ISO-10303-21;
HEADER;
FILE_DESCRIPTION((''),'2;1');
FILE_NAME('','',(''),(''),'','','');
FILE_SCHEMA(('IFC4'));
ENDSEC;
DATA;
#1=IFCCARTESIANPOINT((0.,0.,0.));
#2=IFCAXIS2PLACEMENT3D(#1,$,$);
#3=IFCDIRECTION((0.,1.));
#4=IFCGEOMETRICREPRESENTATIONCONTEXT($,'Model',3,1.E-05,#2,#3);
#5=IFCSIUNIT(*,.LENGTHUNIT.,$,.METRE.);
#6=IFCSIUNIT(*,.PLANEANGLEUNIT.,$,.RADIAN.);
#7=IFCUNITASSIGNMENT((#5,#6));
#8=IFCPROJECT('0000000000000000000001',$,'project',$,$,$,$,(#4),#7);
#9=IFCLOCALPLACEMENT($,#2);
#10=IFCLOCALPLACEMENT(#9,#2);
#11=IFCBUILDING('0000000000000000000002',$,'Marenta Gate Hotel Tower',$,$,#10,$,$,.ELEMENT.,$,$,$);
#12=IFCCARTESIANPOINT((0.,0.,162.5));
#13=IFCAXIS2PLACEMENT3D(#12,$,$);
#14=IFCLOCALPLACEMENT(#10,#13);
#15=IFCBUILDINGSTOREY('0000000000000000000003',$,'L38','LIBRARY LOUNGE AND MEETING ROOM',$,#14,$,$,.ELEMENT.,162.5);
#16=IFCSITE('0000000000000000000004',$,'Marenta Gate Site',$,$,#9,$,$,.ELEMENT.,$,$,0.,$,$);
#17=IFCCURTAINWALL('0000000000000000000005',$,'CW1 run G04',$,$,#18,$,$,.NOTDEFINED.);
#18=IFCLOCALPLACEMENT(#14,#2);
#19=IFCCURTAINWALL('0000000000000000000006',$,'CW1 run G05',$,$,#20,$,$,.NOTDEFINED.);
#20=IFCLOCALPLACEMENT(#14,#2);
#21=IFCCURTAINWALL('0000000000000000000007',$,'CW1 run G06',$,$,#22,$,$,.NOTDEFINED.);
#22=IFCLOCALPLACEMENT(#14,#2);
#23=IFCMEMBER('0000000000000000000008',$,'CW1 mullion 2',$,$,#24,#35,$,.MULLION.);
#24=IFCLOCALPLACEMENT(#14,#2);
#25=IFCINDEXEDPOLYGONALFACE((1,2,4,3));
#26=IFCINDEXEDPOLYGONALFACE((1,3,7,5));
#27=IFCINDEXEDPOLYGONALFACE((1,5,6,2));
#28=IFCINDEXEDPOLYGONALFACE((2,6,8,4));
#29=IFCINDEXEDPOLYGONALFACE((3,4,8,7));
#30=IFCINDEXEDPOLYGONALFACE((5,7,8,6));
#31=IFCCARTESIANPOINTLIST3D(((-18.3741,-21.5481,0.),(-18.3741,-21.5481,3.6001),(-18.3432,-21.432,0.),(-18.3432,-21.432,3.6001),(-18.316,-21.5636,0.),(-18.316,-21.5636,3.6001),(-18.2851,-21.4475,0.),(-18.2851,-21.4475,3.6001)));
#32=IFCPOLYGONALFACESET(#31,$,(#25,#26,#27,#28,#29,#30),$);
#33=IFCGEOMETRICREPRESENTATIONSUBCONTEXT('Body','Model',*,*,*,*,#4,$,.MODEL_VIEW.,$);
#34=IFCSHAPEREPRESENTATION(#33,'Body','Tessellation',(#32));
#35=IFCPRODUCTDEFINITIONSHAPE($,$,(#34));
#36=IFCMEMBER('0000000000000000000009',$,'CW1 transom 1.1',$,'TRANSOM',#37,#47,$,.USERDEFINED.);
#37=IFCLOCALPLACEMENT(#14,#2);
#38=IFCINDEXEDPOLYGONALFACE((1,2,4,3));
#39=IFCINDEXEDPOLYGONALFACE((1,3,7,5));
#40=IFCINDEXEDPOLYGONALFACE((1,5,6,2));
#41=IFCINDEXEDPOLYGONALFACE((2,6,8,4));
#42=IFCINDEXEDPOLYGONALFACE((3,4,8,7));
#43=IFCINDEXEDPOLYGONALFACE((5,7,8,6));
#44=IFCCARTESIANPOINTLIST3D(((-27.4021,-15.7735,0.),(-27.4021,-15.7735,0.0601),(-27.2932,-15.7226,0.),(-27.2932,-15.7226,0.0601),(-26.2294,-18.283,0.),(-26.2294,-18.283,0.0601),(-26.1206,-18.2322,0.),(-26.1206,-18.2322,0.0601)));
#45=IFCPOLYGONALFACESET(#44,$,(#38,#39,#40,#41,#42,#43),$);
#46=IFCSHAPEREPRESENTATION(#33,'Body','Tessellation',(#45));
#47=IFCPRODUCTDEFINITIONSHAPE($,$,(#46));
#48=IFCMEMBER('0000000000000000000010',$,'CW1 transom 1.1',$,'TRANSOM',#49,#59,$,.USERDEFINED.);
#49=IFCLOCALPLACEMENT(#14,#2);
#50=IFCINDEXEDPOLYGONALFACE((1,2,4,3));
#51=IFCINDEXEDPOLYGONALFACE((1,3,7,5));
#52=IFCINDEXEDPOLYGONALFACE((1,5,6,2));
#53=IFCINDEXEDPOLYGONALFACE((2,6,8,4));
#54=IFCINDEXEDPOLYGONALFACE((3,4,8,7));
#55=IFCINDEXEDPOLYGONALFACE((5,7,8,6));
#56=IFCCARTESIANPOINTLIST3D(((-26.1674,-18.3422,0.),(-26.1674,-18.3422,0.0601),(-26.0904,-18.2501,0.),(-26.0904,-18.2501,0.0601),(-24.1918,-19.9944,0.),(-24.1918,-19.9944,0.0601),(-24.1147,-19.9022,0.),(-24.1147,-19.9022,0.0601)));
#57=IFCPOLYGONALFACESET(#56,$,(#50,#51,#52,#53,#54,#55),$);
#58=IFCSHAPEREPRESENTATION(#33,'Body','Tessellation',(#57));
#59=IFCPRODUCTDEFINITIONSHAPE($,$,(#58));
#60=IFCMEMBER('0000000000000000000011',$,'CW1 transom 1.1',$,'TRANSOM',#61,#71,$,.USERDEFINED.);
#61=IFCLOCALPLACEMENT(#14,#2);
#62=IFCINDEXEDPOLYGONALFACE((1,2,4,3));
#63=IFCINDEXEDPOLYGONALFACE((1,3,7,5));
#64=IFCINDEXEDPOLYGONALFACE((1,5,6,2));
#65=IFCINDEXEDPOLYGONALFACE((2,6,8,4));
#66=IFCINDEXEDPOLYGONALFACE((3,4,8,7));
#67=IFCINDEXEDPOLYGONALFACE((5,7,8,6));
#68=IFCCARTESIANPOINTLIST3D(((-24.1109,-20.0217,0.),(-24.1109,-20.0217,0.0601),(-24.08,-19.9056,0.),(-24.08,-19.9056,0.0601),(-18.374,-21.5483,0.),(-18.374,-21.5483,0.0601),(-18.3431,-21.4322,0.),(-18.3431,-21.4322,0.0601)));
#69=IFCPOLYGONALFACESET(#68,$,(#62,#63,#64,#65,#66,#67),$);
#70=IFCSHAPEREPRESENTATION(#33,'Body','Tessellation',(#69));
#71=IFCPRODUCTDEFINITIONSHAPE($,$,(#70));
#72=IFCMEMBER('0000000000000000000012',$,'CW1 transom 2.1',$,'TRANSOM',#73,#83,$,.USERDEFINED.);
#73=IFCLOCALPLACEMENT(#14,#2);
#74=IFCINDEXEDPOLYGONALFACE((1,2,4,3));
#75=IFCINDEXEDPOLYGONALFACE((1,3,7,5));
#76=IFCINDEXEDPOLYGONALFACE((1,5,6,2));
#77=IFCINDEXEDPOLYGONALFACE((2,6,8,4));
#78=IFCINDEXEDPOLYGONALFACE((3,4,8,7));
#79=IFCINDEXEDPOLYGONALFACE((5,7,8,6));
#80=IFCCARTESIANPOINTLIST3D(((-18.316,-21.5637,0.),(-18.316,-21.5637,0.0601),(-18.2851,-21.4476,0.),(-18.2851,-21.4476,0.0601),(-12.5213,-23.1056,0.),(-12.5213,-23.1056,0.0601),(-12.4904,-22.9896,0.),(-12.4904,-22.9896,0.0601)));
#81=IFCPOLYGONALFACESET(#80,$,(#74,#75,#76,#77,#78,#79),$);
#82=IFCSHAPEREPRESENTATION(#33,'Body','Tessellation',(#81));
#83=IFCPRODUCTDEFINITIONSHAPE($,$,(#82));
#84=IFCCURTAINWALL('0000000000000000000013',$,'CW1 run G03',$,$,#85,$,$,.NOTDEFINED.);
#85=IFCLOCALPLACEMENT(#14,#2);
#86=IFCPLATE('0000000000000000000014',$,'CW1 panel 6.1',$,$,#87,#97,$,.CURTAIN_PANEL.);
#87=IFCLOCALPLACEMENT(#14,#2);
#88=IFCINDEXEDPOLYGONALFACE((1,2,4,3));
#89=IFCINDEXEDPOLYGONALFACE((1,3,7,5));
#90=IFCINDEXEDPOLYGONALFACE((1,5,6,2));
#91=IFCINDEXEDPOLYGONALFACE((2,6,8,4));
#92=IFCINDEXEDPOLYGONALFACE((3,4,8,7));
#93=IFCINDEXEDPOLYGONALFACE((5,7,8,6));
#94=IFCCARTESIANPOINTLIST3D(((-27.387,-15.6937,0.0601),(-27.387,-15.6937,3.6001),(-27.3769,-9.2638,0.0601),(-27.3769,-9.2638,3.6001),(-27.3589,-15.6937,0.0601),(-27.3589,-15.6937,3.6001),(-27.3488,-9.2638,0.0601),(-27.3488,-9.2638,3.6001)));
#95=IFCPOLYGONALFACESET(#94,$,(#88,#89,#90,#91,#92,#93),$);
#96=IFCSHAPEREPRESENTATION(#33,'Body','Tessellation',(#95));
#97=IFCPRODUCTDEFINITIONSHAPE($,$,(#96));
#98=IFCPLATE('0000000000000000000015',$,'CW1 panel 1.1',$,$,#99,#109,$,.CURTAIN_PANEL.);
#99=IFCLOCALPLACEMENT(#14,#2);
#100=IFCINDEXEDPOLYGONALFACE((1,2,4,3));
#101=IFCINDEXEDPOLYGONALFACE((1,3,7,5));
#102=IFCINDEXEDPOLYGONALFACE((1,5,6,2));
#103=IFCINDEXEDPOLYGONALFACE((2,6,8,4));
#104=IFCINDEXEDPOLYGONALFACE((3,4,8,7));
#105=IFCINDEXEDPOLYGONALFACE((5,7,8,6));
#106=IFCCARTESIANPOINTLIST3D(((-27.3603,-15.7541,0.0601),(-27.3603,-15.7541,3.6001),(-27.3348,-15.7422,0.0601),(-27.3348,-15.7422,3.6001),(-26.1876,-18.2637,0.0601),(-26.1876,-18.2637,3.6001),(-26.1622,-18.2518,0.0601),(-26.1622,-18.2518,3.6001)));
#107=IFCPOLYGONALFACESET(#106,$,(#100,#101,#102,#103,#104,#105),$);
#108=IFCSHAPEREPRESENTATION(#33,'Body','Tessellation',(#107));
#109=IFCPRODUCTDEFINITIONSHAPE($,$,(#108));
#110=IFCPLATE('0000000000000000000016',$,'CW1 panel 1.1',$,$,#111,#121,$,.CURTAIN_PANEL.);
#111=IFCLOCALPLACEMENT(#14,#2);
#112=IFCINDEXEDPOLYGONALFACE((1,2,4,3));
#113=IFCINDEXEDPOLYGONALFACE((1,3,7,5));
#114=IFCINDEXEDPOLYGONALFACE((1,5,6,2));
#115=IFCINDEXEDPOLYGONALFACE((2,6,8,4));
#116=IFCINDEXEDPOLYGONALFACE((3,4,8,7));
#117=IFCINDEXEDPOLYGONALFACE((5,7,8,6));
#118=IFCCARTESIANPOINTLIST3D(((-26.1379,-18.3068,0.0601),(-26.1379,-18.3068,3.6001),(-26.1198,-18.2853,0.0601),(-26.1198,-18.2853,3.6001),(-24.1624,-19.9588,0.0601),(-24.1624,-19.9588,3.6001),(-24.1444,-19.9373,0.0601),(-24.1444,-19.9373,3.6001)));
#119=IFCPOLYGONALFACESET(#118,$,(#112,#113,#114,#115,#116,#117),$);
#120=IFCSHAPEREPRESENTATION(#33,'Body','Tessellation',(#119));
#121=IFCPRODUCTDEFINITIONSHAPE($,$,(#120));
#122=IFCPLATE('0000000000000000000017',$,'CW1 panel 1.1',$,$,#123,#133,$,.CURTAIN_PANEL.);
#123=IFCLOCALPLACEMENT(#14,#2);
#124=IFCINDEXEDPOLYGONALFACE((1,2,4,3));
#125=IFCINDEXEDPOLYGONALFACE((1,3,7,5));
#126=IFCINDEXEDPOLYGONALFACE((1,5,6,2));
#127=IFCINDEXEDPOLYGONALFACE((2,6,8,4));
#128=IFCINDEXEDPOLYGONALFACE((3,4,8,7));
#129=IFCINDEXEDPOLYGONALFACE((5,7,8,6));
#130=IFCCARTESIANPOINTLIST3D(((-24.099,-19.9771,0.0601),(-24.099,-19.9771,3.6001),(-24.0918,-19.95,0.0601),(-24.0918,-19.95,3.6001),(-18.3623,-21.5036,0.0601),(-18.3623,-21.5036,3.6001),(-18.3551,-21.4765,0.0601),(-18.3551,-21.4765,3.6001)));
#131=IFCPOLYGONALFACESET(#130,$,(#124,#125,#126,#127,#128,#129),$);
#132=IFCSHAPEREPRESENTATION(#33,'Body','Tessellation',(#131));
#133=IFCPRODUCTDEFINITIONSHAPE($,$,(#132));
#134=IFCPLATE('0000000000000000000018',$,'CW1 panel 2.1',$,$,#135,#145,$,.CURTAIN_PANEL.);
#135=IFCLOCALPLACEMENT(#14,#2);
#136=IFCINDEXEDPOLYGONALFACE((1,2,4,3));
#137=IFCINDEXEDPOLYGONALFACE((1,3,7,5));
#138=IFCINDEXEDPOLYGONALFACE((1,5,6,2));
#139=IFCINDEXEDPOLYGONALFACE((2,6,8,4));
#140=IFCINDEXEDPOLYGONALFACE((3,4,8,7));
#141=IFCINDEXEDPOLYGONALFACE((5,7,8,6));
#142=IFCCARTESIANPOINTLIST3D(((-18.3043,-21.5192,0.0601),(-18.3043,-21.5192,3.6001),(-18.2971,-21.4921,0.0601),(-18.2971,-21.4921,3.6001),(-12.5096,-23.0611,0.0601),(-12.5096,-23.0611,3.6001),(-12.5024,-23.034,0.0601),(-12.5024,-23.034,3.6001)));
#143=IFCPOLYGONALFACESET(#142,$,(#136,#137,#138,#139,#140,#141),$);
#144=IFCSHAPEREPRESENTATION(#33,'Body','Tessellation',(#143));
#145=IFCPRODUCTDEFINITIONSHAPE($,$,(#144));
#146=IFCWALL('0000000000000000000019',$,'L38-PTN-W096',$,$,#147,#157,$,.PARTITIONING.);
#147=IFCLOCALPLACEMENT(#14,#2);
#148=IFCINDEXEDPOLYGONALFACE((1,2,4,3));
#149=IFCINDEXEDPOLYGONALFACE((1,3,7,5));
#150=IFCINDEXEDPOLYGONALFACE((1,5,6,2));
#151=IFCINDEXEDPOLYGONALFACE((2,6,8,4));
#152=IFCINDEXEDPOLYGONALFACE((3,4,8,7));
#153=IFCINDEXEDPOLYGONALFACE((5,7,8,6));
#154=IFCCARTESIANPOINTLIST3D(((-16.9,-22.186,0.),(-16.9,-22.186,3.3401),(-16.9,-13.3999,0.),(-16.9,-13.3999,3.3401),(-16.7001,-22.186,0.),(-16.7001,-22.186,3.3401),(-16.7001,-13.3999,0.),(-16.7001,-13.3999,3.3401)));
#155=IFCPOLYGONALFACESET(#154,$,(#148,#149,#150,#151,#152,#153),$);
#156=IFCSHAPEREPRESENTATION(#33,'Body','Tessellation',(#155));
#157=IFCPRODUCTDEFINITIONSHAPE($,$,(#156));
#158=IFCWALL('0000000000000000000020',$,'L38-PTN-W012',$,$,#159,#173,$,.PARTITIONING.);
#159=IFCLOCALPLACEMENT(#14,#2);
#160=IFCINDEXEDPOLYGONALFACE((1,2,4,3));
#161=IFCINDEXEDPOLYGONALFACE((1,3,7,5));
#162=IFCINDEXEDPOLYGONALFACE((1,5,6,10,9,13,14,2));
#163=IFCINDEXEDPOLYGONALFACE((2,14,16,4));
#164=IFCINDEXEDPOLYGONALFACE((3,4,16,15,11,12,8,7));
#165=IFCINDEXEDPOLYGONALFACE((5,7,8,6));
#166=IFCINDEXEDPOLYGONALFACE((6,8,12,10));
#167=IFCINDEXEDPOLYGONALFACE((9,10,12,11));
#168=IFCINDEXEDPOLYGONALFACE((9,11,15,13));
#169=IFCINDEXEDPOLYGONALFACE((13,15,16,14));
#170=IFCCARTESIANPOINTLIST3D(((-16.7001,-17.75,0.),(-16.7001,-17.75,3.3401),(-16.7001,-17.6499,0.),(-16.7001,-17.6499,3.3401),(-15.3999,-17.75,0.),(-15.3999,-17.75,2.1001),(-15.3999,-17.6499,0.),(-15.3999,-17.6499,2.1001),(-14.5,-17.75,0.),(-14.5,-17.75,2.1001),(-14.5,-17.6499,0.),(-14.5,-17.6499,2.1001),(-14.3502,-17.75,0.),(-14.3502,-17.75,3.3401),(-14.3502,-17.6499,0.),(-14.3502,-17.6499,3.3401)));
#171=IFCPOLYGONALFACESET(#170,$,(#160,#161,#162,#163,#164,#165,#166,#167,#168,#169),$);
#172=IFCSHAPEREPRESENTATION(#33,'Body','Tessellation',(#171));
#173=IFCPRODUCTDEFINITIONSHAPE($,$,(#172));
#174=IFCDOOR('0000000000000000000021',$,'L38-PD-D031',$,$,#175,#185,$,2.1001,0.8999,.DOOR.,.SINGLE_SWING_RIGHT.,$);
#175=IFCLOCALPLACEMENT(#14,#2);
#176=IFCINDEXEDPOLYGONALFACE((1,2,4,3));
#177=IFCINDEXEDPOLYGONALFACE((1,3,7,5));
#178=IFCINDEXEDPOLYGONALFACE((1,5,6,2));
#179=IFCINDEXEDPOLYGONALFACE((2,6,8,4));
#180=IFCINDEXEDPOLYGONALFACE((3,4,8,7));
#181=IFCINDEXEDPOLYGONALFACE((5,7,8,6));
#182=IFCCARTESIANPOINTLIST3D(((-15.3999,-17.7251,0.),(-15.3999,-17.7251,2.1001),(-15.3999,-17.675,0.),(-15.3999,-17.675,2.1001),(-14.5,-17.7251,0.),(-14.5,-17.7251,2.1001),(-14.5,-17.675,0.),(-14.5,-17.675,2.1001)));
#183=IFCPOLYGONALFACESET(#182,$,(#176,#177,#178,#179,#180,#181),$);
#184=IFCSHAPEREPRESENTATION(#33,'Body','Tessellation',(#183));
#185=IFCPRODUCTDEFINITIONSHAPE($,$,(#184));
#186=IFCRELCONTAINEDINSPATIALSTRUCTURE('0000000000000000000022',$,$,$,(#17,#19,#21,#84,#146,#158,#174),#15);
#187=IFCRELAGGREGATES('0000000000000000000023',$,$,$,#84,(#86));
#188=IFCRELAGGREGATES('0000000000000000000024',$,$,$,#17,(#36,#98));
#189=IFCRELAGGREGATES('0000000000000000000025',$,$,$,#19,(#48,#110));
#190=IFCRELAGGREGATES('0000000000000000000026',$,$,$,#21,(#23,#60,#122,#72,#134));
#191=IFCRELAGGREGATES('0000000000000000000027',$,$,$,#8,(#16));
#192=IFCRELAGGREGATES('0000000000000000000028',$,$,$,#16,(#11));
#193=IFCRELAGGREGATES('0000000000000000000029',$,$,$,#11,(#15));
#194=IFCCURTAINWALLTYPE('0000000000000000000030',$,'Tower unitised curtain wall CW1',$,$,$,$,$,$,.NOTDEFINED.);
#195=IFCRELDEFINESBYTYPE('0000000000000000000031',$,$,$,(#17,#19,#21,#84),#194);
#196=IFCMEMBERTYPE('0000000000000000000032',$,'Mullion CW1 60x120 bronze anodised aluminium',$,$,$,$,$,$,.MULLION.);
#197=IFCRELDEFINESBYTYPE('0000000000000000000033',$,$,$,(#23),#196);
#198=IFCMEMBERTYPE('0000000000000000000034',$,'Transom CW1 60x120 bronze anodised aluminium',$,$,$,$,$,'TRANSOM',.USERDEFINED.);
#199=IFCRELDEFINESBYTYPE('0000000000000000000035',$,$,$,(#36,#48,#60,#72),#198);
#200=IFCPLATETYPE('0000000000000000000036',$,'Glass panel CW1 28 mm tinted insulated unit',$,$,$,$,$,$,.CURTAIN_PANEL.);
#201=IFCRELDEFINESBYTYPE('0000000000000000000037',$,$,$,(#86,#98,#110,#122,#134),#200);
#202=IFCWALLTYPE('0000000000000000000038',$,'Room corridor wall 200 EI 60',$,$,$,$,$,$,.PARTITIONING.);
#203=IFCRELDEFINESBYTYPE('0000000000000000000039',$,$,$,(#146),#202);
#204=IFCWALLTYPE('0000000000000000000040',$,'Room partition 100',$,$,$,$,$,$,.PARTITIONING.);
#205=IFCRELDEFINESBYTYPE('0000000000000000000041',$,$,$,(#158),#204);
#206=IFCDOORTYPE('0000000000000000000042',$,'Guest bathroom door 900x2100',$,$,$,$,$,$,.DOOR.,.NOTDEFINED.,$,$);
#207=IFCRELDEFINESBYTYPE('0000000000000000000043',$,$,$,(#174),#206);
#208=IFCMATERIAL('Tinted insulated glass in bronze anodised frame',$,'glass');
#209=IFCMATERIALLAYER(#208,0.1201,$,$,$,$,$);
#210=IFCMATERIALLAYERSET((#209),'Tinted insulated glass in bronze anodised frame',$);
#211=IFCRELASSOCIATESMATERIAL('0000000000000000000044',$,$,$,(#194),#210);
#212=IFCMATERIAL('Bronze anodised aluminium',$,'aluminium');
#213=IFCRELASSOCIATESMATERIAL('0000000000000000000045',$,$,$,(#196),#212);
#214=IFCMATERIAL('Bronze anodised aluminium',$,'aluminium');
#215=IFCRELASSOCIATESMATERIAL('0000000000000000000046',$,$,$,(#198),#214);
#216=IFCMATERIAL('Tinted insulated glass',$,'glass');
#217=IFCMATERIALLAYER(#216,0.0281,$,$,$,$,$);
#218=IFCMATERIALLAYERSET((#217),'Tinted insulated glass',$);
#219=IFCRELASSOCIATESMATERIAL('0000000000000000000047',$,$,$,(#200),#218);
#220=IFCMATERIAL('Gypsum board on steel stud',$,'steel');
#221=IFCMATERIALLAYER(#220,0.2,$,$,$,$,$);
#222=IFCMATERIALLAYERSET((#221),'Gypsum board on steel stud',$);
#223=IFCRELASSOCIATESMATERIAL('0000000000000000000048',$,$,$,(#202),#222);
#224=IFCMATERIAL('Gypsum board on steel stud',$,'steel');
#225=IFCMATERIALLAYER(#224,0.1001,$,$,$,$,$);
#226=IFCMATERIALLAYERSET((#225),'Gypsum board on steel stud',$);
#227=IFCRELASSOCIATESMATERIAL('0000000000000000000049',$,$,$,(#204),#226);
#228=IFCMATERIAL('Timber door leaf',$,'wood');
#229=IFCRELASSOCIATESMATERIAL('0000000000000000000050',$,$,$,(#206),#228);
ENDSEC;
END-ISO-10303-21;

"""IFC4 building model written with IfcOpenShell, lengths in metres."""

from ifc_helpers import new_model, si_unit, direction, frame, frame_2d, origin, origin_2d, place, context, subcontext, project, spatial, rectangle, extrude, material, layer, layer_set, material_profile, profile_set, type_object, element, fill, aggregate, save


model = new_model("IFC4")

# Units and contexts
model_context = context("Model", 3, precision=1e-05, world=origin(), true_north=direction((0.0, 1.0)))
body_context = subcontext(model_context, "Body", "Model", "MODEL_VIEW")
ifc_project = project(units=[si_unit("LENGTHUNIT", "METRE"), si_unit("PLANEANGLEUNIT", "RADIAN")], contexts=[model_context])

# Site, building, storey
site_placement = place(None, origin())
site = spatial("IfcSite", under=ifc_project, at=site_placement, Name="Marenta Gate Site", CompositionType="ELEMENT", RefElevation=0.0)
building_placement = place(site_placement, origin())
building = spatial("IfcBuilding", under=site, at=building_placement, Name="Marenta Gate Hotel Tower", CompositionType="ELEMENT")
storey_placement = place(building_placement, frame((0.0, 0.0, 162.5)))
storey = spatial("IfcBuildingStorey", under=building, at=storey_placement, Name="L38", Description="LIBRARY LOUNGE AND MEETING ROOM", CompositionType="ELEMENT", Elevation=162.5)

# Curtain walls
ifc_material_1 = material(Name="Tinted insulated glass in bronze anodised frame", Category="glass")
ifc_layer_1 = layer(ifc_material_1, 0.1201)
ifc_layer_set_1 = layer_set([ifc_layer_1], Name="Tinted insulated glass in bronze anodised frame")
curtain_wall_type = type_object("IfcCurtainWallType", Name="Tower unitised curtain wall CW1", PredefinedType="NOTDEFINED", material=ifc_layer_set_1)
curtain_wall_1_placement = place(storey_placement, origin())
curtain_wall_1 = element("IfcCurtainWall", 1, at=curtain_wall_1_placement, inside=storey, type_object=curtain_wall_type, Name="CW1 run G04", PredefinedType="NOTDEFINED")
ifc_material_2 = material(Name="Bronze anodised aluminium", Category="aluminium")
ifc_material_profile_1 = material_profile(ifc_material_2, rectangle(XDim=0.1201, YDim=0.0601, at=origin_2d()), Name="Mullion CW1 60x120 bronze anodised aluminium")
ifc_profile_set_1 = profile_set([ifc_material_profile_1], Name="Bronze anodised aluminium")
member_type_1 = type_object("IfcMemberType", Name="Mullion CW1 60x120 bronze anodised aluminium", PredefinedType="MULLION", material=ifc_profile_set_1)
curtain_wall_2_placement = place(storey_placement, origin())
curtain_wall_2 = element("IfcCurtainWall", 2, at=curtain_wall_2_placement, inside=storey, type_object=curtain_wall_type, Name="CW1 run G05", PredefinedType="NOTDEFINED")

# Curtain wall, member
curtain_wall_3_placement = place(storey_placement, origin())
curtain_wall_3 = element("IfcCurtainWall", 3, at=curtain_wall_3_placement, inside=storey, type_object=curtain_wall_type, Name="CW1 run G06", PredefinedType="NOTDEFINED")
member_1_placement = place(storey_placement, frame((-18.3296, -21.4978, 0.0), z_axis=(0.0, 0.0, 1.0), x_axis=(0.257144, 0.966373, 0.0)))
member_1 = element("IfcMember", 4, at=member_1_placement, type_object=member_type_1, Name="CW1 mullion 2", PredefinedType="MULLION", context=body_context, shape_type="SweptSolid", body=[
    extrude(rectangle(XDim=0.1201, YDim=0.0601, at=origin_2d()), origin(), (0.0, 0.0, 1.0), 3.6001),
])

# Members
ifc_material_3 = material(Name="Bronze anodised aluminium", Category="aluminium")
ifc_material_profile_2 = material_profile(ifc_material_3, rectangle(XDim=0.1201, YDim=0.0601, at=origin_2d()), Name="Transom CW1 60x120 bronze anodised aluminium")
ifc_profile_set_2 = profile_set([ifc_material_profile_2], Name="Bronze anodised aluminium")
member_type_2 = type_object("IfcMemberType", Name="Transom CW1 60x120 bronze anodised aluminium", ElementType="TRANSOM", PredefinedType="USERDEFINED", material=ifc_profile_set_2)
member_2_placement = place(storey_placement, frame((-27.3477, -15.748, 0.03), z_axis=(0.423329, -0.905976, 0.0), x_axis=(0.905976, 0.423329, 0.0)))
member_2 = element("IfcMember", 5, at=member_2_placement, type_object=member_type_2, Name="CW1 transom 1.1", ObjectType="TRANSOM", PredefinedType="USERDEFINED", context=body_context, shape_type="SweptSolid", body=[
    extrude(rectangle(XDim=0.1201, YDim=0.0601, at=origin_2d()), origin(), (0.0, 0.0, 1.0), 2.77),
])
member_3_placement = place(storey_placement, frame((-26.1289, -18.2961, 0.03), z_axis=(0.767117, -0.641508, 0.0), x_axis=(0.641508, 0.767117, 0.0)))
member_3 = element("IfcMember", 6, at=member_3_placement, type_object=member_type_2, Name="CW1 transom 1.1", ObjectType="TRANSOM", PredefinedType="USERDEFINED", context=body_context, shape_type="SweptSolid", body=[
    extrude(rectangle(XDim=0.1201, YDim=0.0601, at=origin_2d()), origin(), (0.0, 0.0, 1.0), 2.5754),
])
member_4_placement = place(storey_placement, frame((-24.0955, -19.9636, 0.03), z_axis=(0.966369, -0.257158, 0.0), x_axis=(0.257158, 0.966369, 0.0)))
member_4 = element("IfcMember", 7, at=member_4_placement, type_object=member_type_2, Name="CW1 transom 1.1", ObjectType="TRANSOM", PredefinedType="USERDEFINED", context=body_context, shape_type="SweptSolid", body=[
    extrude(rectangle(XDim=0.1201, YDim=0.0601, at=origin_2d()), origin(), (0.0, 0.0, 1.0), 5.9365),
])
member_5_placement = place(storey_placement, frame((-18.3005, -21.5056, 0.03), z_axis=(0.96637, -0.257156, 0.0), x_axis=(0.257156, 0.96637, 0.0)))
member_5 = element("IfcMember", 8, at=member_5_placement, type_object=member_type_2, Name="CW1 transom 2.1", ObjectType="TRANSOM", PredefinedType="USERDEFINED", context=body_context, shape_type="SweptSolid", body=[
    extrude(rectangle(XDim=0.1201, YDim=0.0601, at=origin_2d()), origin(), (0.0, 0.0, 1.0), 5.9963),
])

# Curtain wall, plate
curtain_wall_4_placement = place(storey_placement, origin())
curtain_wall_4 = element("IfcCurtainWall", 9, at=curtain_wall_4_placement, inside=storey, type_object=curtain_wall_type, Name="CW1 run G03", PredefinedType="NOTDEFINED")
ifc_material_4 = material(Name="Tinted insulated glass", Category="glass")
ifc_layer_2 = layer(ifc_material_4, 0.0281)
ifc_layer_set_2 = layer_set([ifc_layer_2], Name="Tinted insulated glass")
plate_type = type_object("IfcPlateType", Name="Glass panel CW1 28 mm tinted insulated unit", PredefinedType="CURTAIN_PANEL", material=ifc_layer_set_2)
plate_1_placement = place(storey_placement, frame((-27.3679, -12.4788, 0.0601), z_axis=(0.0, 0.0, 1.0), x_axis=(-0.001566, -0.999999, 0.0)))
plate_1 = element("IfcPlate", 10, at=plate_1_placement, type_object=plate_type, Name="CW1 panel 6.1", PredefinedType="CURTAIN_PANEL", context=body_context, shape_type="SweptSolid", body=[
    extrude(rectangle(XDim=6.4299, YDim=0.0281, at=origin_2d()), origin(), (0.0, 0.0, 1.0), 3.54),
])
aggregate(curtain_wall_4, [plate_1])

# Plates
plate_2_placement = place(storey_placement, frame((-26.7612, -17.0029, 0.0601), z_axis=(0.0, 0.0, 1.0), x_axis=(0.423338, -0.905972, 0.0)))
plate_2 = element("IfcPlate", 11, at=plate_2_placement, type_object=plate_type, Name="CW1 panel 1.1", PredefinedType="CURTAIN_PANEL", context=body_context, shape_type="SweptSolid", body=[
    extrude(rectangle(XDim=2.77, YDim=0.0281, at=origin_2d()), origin(), (0.0, 0.0, 1.0), 3.54),
])
aggregate(curtain_wall_1, [member_2, plate_2])
plate_3_placement = place(storey_placement, frame((-25.1411, -19.1221, 0.0601), z_axis=(0.0, 0.0, 1.0), x_axis=(0.767113, -0.641512, 0.0)))
plate_3 = element("IfcPlate", 12, at=plate_3_placement, type_object=plate_type, Name="CW1 panel 1.1", PredefinedType="CURTAIN_PANEL", context=body_context, shape_type="SweptSolid", body=[
    extrude(rectangle(XDim=2.5752, YDim=0.0281, at=origin_2d()), origin(), (0.0, 0.0, 1.0), 3.54),
])
aggregate(curtain_wall_2, [member_3, plate_3])
plate_4_placement = place(storey_placement, frame((-21.2271, -20.7268, 0.0601), z_axis=(0.0, 0.0, 1.0), x_axis=(0.966373, -0.257144, 0.0)))
plate_4 = element("IfcPlate", 13, at=plate_4_placement, type_object=plate_type, Name="CW1 panel 1.1", PredefinedType="CURTAIN_PANEL", context=body_context, shape_type="SweptSolid", body=[
    extrude(rectangle(XDim=5.9363, YDim=0.0281, at=origin_2d()), origin(), (0.0, 0.0, 1.0), 3.54),
])
plate_5_placement = place(storey_placement, frame((-15.4033, -22.2766, 0.0601), z_axis=(0.0, 0.0, 1.0), x_axis=(0.966373, -0.257144, 0.0)))
plate_5 = element("IfcPlate", 14, at=plate_5_placement, type_object=plate_type, Name="CW1 panel 2.1", PredefinedType="CURTAIN_PANEL", context=body_context, shape_type="SweptSolid", body=[
    extrude(rectangle(XDim=5.9963, YDim=0.0281, at=origin_2d()), origin(), (0.0, 0.0, 1.0), 3.54),
])
aggregate(curtain_wall_3, [member_1, member_4, plate_4, member_5, plate_5])

# Shared definitions
ifc_material_5 = material(Name="Gypsum board on steel stud", Category="steel")
ifc_layer_3 = layer(ifc_material_5, 0.2)
ifc_layer_set_3 = layer_set([ifc_layer_3], Name="Gypsum board on steel stud")
wall_type_1 = type_object("IfcWallType", Name="Room corridor wall 200 EI 60", PredefinedType="PARTITIONING", material=ifc_layer_set_3)

# Wall
wall_1_placement = place(storey_placement, frame((-16.8, -22.186, 0.0), z_axis=(0.0, 0.0, 1.0), x_axis=(0.0, 1.0, 0.0)))
element("IfcWall", 15, at=wall_1_placement, inside=storey, type_object=wall_type_1, Name="L38-PTN-W096", PredefinedType="PARTITIONING", context=body_context, shape_type="SweptSolid", body=[
    extrude(rectangle(XDim=8.7861, YDim=0.2, at=frame_2d((4.3931, 0.0))), origin(), (0.0, 0.0, 1.0), 3.3401),
])

# Wall, opening, door
ifc_material_6 = material(Name="Gypsum board on steel stud", Category="steel")
ifc_layer_4 = layer(ifc_material_6, 0.1001)
ifc_layer_set_4 = layer_set([ifc_layer_4], Name="Gypsum board on steel stud")
wall_type_2 = type_object("IfcWallType", Name="Room partition 100", PredefinedType="PARTITIONING", material=ifc_layer_set_4)
wall_2_placement = place(storey_placement, frame((-16.7, -17.7, 0.0), z_axis=(0.0, 0.0, 1.0), x_axis=(1.0, 0.0, 0.0)))
wall_2 = element("IfcWall", 16, at=wall_2_placement, inside=storey, type_object=wall_type_2, Name="L38-PTN-W012", PredefinedType="PARTITIONING", context=body_context, shape_type="SweptSolid", body=[
    extrude(rectangle(XDim=2.3499, YDim=0.1001, at=frame_2d((1.1748, 0.0))), origin(), (0.0, 0.0, 1.0), 3.3401),
])
opening_1_placement = place(wall_2_placement, frame((1.3, 0.0, 0.0)))
opening_1 = element("IfcOpeningElement", 17, at=opening_1_placement, cuts=wall_2, PredefinedType="OPENING", context=body_context, shape_type="SweptSolid", body=[
    extrude(rectangle(XDim=0.8999, YDim=2.1001, at=frame_2d((0.45, 1.05))), frame((0.0, 0.05, 0.0), z_axis=(0.0, -1.0, 0.0), x_axis=(1.0, 0.0, 0.0)), (0.0, 0.0, 1.0), 0.1001),
])
ifc_material_7 = material(Name="Timber door leaf", Category="wood")
door_type_1 = type_object("IfcDoorType", Name="Guest bathroom door 900x2100", OperationType="NOTDEFINED", PredefinedType="DOOR", material=ifc_material_7)
door_1_placement = place(opening_1_placement, origin())
door_1 = element("IfcDoor", 18, at=door_1_placement, inside=storey, type_object=door_type_1, Name="L38-PD-D031", OperationType="SINGLE_SWING_RIGHT", OverallHeight=2.1001, OverallWidth=0.8999, PredefinedType="DOOR", context=body_context, shape_type="SweptSolid", body=[
    extrude(rectangle(XDim=0.8999, YDim=2.1001, at=frame_2d((0.45, 1.05))), frame((0.0, 0.0249, 0.0), z_axis=(0.0, -1.0, 0.0), x_axis=(1.0, 0.0, 0.0)), (0.0, 0.0, 1.0), 0.05),
])
fill(opening_1, door_1)

save(model, "model.ifc")
